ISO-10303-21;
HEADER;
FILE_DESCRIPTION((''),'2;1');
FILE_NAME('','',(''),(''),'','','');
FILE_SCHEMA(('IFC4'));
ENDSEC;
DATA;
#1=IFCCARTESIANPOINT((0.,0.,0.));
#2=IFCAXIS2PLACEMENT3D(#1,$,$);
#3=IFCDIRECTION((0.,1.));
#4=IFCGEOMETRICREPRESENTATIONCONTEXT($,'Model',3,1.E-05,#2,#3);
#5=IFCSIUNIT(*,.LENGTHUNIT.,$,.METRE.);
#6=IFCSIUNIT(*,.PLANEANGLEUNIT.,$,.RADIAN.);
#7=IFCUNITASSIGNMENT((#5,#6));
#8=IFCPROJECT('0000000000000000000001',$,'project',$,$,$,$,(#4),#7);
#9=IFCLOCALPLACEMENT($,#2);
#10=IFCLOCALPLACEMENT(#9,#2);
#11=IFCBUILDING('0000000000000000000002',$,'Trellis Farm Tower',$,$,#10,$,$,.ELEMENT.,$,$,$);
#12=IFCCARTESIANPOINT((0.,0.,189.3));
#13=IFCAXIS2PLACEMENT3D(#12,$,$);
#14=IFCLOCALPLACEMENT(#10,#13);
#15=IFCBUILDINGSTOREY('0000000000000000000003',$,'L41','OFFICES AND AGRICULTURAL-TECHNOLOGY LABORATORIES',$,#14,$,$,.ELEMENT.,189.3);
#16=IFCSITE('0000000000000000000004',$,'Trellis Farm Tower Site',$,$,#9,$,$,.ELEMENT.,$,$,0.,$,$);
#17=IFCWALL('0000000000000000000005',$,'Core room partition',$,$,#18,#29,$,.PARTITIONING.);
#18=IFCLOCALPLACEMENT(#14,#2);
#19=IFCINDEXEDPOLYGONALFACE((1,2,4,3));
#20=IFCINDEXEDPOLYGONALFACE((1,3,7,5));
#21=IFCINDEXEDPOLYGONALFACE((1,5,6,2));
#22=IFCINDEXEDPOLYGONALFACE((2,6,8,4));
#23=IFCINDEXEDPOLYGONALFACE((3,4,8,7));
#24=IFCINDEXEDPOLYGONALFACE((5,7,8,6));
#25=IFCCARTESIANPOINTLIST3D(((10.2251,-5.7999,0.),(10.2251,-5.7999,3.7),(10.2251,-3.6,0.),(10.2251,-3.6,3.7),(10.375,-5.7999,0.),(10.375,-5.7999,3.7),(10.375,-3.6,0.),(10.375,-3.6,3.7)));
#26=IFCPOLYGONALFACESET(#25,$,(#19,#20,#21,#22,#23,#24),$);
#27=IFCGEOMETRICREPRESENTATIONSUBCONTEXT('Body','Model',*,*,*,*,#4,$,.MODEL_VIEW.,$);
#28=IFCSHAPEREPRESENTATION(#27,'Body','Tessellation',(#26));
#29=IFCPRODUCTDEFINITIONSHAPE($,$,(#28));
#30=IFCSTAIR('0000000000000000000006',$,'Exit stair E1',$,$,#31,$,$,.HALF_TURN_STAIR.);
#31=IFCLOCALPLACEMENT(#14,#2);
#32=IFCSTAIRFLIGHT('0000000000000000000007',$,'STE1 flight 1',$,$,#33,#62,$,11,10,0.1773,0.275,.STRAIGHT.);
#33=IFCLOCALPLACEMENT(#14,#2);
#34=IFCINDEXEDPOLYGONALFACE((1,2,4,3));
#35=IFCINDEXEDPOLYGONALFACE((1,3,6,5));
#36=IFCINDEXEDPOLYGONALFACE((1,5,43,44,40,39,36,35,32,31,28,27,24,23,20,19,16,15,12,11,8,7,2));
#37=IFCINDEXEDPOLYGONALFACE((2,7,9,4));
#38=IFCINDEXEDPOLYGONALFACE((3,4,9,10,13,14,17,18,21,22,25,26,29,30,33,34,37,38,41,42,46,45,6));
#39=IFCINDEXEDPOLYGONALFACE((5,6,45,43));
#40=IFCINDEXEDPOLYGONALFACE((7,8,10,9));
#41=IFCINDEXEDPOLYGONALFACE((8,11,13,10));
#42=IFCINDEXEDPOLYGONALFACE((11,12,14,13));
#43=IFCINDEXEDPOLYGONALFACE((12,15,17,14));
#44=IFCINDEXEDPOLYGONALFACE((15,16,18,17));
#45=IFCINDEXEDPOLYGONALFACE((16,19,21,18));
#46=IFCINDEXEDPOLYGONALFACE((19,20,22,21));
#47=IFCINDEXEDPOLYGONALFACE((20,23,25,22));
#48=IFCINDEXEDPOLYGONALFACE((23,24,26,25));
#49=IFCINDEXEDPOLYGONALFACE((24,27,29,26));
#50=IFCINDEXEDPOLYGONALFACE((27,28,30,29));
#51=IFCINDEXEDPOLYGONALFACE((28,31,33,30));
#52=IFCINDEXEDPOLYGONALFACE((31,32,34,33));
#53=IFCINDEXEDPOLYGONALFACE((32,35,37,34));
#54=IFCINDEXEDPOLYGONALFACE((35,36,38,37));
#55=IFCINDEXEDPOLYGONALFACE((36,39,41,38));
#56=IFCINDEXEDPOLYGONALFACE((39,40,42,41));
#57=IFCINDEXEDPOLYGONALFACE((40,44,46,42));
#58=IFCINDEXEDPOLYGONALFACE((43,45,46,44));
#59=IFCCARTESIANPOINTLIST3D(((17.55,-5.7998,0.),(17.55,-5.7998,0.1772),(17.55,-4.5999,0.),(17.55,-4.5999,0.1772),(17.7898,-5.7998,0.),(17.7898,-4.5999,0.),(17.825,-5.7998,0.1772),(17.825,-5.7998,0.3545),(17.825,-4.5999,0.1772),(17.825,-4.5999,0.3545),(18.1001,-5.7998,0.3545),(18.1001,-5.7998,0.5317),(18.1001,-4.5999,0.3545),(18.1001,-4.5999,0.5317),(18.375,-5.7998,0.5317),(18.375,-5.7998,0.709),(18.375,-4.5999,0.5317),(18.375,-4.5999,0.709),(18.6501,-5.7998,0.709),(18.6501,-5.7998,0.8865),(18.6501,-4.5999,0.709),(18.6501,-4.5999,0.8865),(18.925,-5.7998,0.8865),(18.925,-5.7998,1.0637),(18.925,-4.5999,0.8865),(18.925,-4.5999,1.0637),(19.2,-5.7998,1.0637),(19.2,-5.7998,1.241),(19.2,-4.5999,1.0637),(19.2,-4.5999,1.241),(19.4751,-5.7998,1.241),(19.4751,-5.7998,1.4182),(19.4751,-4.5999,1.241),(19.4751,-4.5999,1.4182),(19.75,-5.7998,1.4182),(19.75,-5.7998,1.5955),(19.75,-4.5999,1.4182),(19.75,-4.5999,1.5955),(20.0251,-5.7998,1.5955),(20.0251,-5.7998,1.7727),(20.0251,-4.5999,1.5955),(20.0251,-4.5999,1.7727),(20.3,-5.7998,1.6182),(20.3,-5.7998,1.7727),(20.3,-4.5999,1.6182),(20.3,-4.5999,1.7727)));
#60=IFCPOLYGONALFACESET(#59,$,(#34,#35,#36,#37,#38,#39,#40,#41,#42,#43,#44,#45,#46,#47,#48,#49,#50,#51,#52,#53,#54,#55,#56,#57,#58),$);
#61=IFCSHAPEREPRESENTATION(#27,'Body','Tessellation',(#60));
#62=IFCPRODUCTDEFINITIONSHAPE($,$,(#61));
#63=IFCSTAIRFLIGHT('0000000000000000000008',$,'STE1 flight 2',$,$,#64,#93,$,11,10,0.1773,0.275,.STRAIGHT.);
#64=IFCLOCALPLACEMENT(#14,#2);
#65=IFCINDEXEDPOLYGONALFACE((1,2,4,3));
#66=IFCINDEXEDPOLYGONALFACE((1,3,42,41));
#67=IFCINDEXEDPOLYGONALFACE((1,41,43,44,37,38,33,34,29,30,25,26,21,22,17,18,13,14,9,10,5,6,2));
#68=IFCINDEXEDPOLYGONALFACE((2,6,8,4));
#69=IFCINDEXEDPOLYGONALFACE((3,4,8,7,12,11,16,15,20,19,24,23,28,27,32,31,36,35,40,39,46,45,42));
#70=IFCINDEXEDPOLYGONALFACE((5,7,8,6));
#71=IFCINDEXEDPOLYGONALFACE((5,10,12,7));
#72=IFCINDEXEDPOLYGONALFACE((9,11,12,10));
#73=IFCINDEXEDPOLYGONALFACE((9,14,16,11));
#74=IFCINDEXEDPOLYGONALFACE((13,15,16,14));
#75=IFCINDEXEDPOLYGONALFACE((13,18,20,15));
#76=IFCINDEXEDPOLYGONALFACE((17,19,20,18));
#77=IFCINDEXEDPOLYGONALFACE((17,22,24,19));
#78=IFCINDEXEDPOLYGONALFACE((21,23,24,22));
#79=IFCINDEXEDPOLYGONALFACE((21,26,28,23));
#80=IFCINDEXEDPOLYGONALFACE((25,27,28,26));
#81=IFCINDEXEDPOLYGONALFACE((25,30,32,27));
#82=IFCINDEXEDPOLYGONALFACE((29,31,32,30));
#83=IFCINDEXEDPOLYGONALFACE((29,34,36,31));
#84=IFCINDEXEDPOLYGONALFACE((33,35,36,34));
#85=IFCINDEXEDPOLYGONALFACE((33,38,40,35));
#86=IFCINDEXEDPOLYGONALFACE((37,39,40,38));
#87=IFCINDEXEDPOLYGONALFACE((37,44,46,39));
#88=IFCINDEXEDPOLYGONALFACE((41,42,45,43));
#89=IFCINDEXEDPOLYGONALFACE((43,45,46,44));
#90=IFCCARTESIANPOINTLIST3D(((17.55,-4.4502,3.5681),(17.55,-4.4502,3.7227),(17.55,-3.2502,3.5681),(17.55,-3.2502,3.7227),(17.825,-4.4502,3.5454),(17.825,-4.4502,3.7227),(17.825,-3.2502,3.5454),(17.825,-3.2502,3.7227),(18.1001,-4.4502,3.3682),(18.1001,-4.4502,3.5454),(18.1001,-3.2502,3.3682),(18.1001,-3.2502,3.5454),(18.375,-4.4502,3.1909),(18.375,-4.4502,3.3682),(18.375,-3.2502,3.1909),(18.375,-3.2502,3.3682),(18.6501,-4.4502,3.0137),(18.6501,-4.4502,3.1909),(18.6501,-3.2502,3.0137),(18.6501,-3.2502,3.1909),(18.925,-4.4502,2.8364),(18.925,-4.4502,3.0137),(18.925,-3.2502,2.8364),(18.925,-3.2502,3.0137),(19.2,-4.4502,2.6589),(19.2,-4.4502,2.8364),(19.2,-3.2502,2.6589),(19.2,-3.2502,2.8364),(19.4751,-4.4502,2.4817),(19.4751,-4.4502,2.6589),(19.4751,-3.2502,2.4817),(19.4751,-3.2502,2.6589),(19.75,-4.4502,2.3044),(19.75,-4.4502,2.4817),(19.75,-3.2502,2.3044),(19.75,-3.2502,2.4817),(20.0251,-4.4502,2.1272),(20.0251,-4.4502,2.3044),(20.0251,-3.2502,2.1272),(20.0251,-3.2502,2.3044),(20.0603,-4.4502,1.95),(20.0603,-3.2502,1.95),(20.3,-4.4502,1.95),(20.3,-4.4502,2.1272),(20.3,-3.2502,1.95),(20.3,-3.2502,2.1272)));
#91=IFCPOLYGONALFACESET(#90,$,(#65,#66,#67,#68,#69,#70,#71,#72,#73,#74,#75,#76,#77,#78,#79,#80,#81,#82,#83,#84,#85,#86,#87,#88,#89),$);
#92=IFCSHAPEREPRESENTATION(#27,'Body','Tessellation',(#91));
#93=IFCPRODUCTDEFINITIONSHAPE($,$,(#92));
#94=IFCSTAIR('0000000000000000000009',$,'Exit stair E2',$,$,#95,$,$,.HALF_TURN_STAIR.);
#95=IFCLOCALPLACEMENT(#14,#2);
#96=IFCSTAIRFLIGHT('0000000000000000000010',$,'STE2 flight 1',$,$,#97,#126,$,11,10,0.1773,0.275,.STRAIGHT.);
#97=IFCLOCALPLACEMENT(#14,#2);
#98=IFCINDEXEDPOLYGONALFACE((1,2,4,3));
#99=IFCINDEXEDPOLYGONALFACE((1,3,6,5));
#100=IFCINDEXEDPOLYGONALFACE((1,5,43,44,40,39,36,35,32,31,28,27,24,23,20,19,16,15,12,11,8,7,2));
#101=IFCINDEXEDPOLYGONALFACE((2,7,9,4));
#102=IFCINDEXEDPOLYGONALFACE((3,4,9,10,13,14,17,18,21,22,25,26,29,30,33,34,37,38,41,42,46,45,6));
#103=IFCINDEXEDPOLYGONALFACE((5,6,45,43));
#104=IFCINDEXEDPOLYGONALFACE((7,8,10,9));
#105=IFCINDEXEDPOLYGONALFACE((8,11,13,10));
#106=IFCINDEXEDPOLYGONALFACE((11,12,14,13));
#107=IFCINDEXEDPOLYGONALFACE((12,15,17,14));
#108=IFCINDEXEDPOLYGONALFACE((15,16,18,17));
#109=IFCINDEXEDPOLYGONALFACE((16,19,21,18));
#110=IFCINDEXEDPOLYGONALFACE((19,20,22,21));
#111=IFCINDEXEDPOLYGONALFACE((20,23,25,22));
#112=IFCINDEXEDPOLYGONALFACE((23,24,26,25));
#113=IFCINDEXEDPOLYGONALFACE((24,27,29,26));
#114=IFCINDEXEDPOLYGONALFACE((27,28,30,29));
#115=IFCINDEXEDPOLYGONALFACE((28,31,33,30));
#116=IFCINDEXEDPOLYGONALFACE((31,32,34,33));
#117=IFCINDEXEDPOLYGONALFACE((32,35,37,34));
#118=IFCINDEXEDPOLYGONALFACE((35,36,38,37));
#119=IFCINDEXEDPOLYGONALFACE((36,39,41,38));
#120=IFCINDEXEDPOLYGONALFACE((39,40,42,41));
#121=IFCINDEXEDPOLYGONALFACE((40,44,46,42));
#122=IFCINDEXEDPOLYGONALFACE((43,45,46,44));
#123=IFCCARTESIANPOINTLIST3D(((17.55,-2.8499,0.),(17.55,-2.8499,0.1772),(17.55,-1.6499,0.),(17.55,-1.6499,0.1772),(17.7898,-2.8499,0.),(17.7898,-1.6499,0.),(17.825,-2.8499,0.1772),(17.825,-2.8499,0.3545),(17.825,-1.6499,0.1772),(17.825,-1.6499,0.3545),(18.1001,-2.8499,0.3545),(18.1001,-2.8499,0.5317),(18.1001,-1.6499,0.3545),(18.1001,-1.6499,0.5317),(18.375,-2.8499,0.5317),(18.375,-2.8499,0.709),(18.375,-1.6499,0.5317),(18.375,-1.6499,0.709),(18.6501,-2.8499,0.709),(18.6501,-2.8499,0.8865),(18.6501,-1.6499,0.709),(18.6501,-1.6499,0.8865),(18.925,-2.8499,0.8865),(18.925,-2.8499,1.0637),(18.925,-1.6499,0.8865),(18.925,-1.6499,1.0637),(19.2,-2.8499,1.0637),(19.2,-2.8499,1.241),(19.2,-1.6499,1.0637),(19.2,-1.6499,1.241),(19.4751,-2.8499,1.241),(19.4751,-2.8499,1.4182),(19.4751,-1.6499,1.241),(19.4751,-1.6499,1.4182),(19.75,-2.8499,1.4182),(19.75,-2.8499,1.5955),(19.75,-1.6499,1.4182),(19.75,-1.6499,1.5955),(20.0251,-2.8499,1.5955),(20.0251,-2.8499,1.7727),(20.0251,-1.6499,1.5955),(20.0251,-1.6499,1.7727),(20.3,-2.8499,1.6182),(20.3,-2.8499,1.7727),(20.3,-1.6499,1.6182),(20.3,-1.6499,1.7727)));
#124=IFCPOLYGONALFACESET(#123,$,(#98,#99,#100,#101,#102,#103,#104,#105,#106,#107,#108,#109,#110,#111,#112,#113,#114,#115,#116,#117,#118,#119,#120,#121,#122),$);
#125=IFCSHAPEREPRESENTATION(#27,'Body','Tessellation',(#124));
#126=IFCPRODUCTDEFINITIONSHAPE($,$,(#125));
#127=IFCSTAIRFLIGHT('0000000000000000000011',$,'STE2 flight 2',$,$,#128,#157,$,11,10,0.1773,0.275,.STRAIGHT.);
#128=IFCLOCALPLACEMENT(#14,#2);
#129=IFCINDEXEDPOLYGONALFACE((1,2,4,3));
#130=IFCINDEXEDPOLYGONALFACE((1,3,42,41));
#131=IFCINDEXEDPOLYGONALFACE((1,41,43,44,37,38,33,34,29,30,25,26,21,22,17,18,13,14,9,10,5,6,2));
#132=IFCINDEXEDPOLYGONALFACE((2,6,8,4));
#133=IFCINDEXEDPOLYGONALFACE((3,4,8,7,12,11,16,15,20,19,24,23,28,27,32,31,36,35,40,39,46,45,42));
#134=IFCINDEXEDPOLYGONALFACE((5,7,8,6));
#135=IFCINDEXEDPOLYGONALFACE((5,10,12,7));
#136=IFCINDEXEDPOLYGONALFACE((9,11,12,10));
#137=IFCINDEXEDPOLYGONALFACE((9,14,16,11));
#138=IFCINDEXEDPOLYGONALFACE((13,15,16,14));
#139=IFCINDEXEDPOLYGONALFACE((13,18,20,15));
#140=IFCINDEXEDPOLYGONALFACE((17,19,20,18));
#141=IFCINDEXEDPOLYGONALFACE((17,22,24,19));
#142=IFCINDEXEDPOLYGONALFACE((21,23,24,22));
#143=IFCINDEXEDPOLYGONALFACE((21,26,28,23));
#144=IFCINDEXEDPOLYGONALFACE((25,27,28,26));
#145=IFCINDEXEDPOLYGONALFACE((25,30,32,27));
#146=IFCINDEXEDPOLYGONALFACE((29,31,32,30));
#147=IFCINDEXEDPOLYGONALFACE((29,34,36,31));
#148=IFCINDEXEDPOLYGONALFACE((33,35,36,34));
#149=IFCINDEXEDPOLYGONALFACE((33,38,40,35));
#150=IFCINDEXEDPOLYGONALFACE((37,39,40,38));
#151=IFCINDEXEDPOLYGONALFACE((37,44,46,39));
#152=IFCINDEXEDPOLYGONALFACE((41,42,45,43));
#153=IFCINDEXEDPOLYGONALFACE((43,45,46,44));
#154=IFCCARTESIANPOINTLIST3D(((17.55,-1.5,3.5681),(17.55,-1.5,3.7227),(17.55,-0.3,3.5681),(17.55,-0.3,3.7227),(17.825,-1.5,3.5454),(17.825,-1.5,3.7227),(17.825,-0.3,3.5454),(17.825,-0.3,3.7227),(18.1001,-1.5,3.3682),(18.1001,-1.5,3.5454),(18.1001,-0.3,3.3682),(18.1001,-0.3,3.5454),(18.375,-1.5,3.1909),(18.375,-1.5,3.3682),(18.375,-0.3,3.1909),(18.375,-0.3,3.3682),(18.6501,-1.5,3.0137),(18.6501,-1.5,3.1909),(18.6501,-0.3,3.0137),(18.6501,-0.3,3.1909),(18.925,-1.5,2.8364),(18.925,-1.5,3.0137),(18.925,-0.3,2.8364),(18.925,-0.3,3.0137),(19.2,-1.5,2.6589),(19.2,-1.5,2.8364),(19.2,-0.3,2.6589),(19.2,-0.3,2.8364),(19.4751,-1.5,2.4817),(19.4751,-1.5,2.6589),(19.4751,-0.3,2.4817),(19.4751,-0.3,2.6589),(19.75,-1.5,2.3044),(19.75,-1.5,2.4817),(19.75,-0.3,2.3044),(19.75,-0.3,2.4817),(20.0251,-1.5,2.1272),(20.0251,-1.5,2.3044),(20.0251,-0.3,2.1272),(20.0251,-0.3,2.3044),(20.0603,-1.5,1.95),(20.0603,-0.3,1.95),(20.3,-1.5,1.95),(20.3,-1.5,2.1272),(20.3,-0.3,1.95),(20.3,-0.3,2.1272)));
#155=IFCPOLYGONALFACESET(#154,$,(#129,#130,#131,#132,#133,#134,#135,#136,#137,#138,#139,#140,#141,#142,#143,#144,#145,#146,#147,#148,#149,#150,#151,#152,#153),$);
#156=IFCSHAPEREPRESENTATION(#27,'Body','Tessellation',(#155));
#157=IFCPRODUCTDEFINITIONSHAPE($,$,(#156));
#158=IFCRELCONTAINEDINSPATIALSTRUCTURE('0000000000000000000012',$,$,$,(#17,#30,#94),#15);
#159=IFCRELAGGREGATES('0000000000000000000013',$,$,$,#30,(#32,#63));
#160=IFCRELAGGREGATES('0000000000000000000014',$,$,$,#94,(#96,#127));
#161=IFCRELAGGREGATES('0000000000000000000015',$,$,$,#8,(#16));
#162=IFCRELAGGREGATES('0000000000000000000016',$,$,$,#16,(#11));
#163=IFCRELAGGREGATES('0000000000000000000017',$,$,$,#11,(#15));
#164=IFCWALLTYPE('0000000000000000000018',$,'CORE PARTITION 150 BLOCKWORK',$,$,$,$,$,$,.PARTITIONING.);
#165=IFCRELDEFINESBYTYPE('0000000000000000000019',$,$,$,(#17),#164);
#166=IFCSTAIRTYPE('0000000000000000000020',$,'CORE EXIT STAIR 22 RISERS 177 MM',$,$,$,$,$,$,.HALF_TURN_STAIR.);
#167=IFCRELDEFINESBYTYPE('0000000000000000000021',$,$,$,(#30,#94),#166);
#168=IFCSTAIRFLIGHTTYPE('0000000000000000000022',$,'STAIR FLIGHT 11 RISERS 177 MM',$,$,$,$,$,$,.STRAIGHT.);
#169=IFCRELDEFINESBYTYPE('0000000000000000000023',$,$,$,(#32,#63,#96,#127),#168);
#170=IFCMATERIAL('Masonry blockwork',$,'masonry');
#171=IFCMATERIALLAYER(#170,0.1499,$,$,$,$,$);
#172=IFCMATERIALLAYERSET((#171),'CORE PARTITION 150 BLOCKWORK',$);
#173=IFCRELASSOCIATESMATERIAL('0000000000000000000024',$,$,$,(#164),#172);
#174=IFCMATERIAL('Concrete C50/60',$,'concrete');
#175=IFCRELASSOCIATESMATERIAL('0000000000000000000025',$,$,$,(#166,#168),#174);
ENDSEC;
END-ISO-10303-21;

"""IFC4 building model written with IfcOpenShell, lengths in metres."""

from ifc_helpers import new_model, si_unit, direction, frame, frame_2d, origin, place, context, subcontext, project, spatial, polyline, rectangle, outline, extrude, source, transform, mapped, material, layer, layer_set, type_object, element, aggregate, save


model = new_model("IFC4")

# Units and contexts
model_context = context("Model", 3, precision=1e-05, world=origin(), true_north=direction((0.0, 1.0)))
body_context = subcontext(model_context, "Body", "Model", "MODEL_VIEW")
ifc_project = project(units=[si_unit("LENGTHUNIT", "METRE"), si_unit("PLANEANGLEUNIT", "RADIAN")], contexts=[model_context])

# Site, building, storey
site_placement = place(None, origin())
site = spatial("IfcSite", under=ifc_project, at=site_placement, Name="Trellis Farm Tower Site", CompositionType="ELEMENT", RefElevation=0.0)
building_placement = place(site_placement, origin())
building = spatial("IfcBuilding", under=site, at=building_placement, Name="Trellis Farm Tower", CompositionType="ELEMENT")
storey_placement = place(building_placement, frame((0.0, 0.0, 189.3)))
storey = spatial("IfcBuildingStorey", under=building, at=storey_placement, Name="L41", Description="OFFICES AND AGRICULTURAL-TECHNOLOGY LABORATORIES", CompositionType="ELEMENT", Elevation=189.3)

# Shared definitions
placement = place(storey_placement, origin())

# Wall
ifc_material_1 = material(Name="Masonry blockwork", Category="masonry")
ifc_layer_1 = layer(ifc_material_1, 0.1499)
ifc_layer_set_1 = layer_set([ifc_layer_1], Name="CORE PARTITION 150 BLOCKWORK")
wall_type_1 = type_object("IfcWallType", Name="CORE PARTITION 150 BLOCKWORK", PredefinedType="PARTITIONING", material=ifc_layer_set_1)
shared_shape_1 = source(origin(), body_context, "Body", "SweptSolid", [
    extrude(rectangle(XDim=2.2, YDim=0.1499, at=frame_2d((1.1001, 0.0))), origin(), (0.0, 0.0, 1.0), 3.7),
])
for number, where, z_axis, x_axis, name in (
    (1, (10.3, -5.8, 0.0), (0.0, 0.0, 1.0), (0.0, 1.0, 0.0), "Core room partition"),
):
    element("IfcWall", number, at=place(storey_placement, frame(where, z_axis=z_axis, x_axis=x_axis)), inside=storey, type_object=wall_type_1, Name=name, PredefinedType="PARTITIONING", context=body_context, shape_type="MappedRepresentation", body=[
        mapped(shared_shape_1, transform((0.0, 0.0, 0.0))),
    ])

# Stairs, stair flights
ifc_material_2 = material(Name="Concrete C50/60", Category="concrete")
stair_type = type_object("IfcStairType", Name="CORE EXIT STAIR 22 RISERS 177 MM", PredefinedType="HALF_TURN_STAIR", material=ifc_material_2)
stair_1 = element("IfcStair", 2, at=placement, inside=storey, type_object=stair_type, Name="Exit stair E1", PredefinedType="HALF_TURN_STAIR")
stair_flight_type = type_object("IfcStairFlightType", Name="STAIR FLIGHT 11 RISERS 177 MM", PredefinedType="STRAIGHT", material=ifc_material_2)
shared_shape_2 = source(origin(), body_context, "Body", "SweptSolid", [
    extrude(outline(polyline([(0.0, 0.0), (0.0, 0.1772), (0.2749, 0.1772), (0.2749, 0.3545), (0.55, 0.3545), (0.55, 0.5317), (0.825, 0.5317), (0.825, 0.709), (1.1001, 0.709), (1.1001, 0.8865), (1.375, 0.8865), (1.375, 1.0637), (1.6499, 1.0637), (1.6499, 1.241), (1.925, 1.241), (1.925, 1.4182), (2.2, 1.4182), (2.2, 1.5955), (2.4751, 1.5955), (2.4751, 1.7727), (2.75, 1.7727), (2.75, 1.95), (2.75, 1.6182), (0.2397, 0.0), (0.0, 0.0)])), frame((0.0, 0.6001, 0.0), z_axis=(0.0, -1.0, 0.0), x_axis=(1.0, 0.0, 0.0)), (0.0, 0.0, 1.0), 1.2),
])
stair_flight_1_placement = place(storey_placement, frame((17.55, -5.2, 0.0), z_axis=(0.0, 0.0, 1.0), x_axis=(1.0, 0.0, 0.0)))
stair_flight_1 = element("IfcStairFlight", 3, at=stair_flight_1_placement, type_object=stair_flight_type, Name="STE1 flight 1", NumberOfRisers=11, NumberOfTreads=10, PredefinedType="STRAIGHT", RiserHeight=0.1773, TreadLength=0.275, context=body_context, shape_type="MappedRepresentation", body=[
    mapped(shared_shape_2, transform((0.0, 0.0, 0.0))),
])
stair_flight_2_placement = place(storey_placement, frame((20.3, -3.8501, 1.95), z_axis=(0.0, 0.0, 1.0), x_axis=(-1.0, 0.0, 0.0)))
stair_flight_2 = element("IfcStairFlight", 4, at=stair_flight_2_placement, type_object=stair_flight_type, Name="STE1 flight 2", NumberOfRisers=11, NumberOfTreads=10, PredefinedType="STRAIGHT", RiserHeight=0.1773, TreadLength=0.275, context=body_context, shape_type="MappedRepresentation", body=[
    mapped(shared_shape_2, transform((0.0, 0.0, 0.0))),
])
aggregate(stair_1, [stair_flight_1, stair_flight_2])
stair_2 = element("IfcStair", 5, at=placement, inside=storey, type_object=stair_type, Name="Exit stair E2", PredefinedType="HALF_TURN_STAIR")
stair_flight_3_placement = place(storey_placement, frame((17.55, -2.25, 0.0), z_axis=(0.0, 0.0, 1.0), x_axis=(1.0, 0.0, 0.0)))
stair_flight_3 = element("IfcStairFlight", 6, at=stair_flight_3_placement, type_object=stair_flight_type, Name="STE2 flight 1", NumberOfRisers=11, NumberOfTreads=10, PredefinedType="STRAIGHT", RiserHeight=0.1773, TreadLength=0.275, context=body_context, shape_type="MappedRepresentation", body=[
    mapped(shared_shape_2, transform((0.0, 0.0, 0.0))),
])
stair_flight_4_placement = place(storey_placement, frame((20.3, -0.8999, 1.95), z_axis=(0.0, 0.0, 1.0), x_axis=(-1.0, 0.0, 0.0)))
stair_flight_4 = element("IfcStairFlight", 7, at=stair_flight_4_placement, type_object=stair_flight_type, Name="STE2 flight 2", NumberOfRisers=11, NumberOfTreads=10, PredefinedType="STRAIGHT", RiserHeight=0.1773, TreadLength=0.275, context=body_context, shape_type="MappedRepresentation", body=[
    mapped(shared_shape_2, transform((0.0, 0.0, 0.0))),
])
aggregate(stair_2, [stair_flight_3, stair_flight_4])

save(model, "model.ifc")
